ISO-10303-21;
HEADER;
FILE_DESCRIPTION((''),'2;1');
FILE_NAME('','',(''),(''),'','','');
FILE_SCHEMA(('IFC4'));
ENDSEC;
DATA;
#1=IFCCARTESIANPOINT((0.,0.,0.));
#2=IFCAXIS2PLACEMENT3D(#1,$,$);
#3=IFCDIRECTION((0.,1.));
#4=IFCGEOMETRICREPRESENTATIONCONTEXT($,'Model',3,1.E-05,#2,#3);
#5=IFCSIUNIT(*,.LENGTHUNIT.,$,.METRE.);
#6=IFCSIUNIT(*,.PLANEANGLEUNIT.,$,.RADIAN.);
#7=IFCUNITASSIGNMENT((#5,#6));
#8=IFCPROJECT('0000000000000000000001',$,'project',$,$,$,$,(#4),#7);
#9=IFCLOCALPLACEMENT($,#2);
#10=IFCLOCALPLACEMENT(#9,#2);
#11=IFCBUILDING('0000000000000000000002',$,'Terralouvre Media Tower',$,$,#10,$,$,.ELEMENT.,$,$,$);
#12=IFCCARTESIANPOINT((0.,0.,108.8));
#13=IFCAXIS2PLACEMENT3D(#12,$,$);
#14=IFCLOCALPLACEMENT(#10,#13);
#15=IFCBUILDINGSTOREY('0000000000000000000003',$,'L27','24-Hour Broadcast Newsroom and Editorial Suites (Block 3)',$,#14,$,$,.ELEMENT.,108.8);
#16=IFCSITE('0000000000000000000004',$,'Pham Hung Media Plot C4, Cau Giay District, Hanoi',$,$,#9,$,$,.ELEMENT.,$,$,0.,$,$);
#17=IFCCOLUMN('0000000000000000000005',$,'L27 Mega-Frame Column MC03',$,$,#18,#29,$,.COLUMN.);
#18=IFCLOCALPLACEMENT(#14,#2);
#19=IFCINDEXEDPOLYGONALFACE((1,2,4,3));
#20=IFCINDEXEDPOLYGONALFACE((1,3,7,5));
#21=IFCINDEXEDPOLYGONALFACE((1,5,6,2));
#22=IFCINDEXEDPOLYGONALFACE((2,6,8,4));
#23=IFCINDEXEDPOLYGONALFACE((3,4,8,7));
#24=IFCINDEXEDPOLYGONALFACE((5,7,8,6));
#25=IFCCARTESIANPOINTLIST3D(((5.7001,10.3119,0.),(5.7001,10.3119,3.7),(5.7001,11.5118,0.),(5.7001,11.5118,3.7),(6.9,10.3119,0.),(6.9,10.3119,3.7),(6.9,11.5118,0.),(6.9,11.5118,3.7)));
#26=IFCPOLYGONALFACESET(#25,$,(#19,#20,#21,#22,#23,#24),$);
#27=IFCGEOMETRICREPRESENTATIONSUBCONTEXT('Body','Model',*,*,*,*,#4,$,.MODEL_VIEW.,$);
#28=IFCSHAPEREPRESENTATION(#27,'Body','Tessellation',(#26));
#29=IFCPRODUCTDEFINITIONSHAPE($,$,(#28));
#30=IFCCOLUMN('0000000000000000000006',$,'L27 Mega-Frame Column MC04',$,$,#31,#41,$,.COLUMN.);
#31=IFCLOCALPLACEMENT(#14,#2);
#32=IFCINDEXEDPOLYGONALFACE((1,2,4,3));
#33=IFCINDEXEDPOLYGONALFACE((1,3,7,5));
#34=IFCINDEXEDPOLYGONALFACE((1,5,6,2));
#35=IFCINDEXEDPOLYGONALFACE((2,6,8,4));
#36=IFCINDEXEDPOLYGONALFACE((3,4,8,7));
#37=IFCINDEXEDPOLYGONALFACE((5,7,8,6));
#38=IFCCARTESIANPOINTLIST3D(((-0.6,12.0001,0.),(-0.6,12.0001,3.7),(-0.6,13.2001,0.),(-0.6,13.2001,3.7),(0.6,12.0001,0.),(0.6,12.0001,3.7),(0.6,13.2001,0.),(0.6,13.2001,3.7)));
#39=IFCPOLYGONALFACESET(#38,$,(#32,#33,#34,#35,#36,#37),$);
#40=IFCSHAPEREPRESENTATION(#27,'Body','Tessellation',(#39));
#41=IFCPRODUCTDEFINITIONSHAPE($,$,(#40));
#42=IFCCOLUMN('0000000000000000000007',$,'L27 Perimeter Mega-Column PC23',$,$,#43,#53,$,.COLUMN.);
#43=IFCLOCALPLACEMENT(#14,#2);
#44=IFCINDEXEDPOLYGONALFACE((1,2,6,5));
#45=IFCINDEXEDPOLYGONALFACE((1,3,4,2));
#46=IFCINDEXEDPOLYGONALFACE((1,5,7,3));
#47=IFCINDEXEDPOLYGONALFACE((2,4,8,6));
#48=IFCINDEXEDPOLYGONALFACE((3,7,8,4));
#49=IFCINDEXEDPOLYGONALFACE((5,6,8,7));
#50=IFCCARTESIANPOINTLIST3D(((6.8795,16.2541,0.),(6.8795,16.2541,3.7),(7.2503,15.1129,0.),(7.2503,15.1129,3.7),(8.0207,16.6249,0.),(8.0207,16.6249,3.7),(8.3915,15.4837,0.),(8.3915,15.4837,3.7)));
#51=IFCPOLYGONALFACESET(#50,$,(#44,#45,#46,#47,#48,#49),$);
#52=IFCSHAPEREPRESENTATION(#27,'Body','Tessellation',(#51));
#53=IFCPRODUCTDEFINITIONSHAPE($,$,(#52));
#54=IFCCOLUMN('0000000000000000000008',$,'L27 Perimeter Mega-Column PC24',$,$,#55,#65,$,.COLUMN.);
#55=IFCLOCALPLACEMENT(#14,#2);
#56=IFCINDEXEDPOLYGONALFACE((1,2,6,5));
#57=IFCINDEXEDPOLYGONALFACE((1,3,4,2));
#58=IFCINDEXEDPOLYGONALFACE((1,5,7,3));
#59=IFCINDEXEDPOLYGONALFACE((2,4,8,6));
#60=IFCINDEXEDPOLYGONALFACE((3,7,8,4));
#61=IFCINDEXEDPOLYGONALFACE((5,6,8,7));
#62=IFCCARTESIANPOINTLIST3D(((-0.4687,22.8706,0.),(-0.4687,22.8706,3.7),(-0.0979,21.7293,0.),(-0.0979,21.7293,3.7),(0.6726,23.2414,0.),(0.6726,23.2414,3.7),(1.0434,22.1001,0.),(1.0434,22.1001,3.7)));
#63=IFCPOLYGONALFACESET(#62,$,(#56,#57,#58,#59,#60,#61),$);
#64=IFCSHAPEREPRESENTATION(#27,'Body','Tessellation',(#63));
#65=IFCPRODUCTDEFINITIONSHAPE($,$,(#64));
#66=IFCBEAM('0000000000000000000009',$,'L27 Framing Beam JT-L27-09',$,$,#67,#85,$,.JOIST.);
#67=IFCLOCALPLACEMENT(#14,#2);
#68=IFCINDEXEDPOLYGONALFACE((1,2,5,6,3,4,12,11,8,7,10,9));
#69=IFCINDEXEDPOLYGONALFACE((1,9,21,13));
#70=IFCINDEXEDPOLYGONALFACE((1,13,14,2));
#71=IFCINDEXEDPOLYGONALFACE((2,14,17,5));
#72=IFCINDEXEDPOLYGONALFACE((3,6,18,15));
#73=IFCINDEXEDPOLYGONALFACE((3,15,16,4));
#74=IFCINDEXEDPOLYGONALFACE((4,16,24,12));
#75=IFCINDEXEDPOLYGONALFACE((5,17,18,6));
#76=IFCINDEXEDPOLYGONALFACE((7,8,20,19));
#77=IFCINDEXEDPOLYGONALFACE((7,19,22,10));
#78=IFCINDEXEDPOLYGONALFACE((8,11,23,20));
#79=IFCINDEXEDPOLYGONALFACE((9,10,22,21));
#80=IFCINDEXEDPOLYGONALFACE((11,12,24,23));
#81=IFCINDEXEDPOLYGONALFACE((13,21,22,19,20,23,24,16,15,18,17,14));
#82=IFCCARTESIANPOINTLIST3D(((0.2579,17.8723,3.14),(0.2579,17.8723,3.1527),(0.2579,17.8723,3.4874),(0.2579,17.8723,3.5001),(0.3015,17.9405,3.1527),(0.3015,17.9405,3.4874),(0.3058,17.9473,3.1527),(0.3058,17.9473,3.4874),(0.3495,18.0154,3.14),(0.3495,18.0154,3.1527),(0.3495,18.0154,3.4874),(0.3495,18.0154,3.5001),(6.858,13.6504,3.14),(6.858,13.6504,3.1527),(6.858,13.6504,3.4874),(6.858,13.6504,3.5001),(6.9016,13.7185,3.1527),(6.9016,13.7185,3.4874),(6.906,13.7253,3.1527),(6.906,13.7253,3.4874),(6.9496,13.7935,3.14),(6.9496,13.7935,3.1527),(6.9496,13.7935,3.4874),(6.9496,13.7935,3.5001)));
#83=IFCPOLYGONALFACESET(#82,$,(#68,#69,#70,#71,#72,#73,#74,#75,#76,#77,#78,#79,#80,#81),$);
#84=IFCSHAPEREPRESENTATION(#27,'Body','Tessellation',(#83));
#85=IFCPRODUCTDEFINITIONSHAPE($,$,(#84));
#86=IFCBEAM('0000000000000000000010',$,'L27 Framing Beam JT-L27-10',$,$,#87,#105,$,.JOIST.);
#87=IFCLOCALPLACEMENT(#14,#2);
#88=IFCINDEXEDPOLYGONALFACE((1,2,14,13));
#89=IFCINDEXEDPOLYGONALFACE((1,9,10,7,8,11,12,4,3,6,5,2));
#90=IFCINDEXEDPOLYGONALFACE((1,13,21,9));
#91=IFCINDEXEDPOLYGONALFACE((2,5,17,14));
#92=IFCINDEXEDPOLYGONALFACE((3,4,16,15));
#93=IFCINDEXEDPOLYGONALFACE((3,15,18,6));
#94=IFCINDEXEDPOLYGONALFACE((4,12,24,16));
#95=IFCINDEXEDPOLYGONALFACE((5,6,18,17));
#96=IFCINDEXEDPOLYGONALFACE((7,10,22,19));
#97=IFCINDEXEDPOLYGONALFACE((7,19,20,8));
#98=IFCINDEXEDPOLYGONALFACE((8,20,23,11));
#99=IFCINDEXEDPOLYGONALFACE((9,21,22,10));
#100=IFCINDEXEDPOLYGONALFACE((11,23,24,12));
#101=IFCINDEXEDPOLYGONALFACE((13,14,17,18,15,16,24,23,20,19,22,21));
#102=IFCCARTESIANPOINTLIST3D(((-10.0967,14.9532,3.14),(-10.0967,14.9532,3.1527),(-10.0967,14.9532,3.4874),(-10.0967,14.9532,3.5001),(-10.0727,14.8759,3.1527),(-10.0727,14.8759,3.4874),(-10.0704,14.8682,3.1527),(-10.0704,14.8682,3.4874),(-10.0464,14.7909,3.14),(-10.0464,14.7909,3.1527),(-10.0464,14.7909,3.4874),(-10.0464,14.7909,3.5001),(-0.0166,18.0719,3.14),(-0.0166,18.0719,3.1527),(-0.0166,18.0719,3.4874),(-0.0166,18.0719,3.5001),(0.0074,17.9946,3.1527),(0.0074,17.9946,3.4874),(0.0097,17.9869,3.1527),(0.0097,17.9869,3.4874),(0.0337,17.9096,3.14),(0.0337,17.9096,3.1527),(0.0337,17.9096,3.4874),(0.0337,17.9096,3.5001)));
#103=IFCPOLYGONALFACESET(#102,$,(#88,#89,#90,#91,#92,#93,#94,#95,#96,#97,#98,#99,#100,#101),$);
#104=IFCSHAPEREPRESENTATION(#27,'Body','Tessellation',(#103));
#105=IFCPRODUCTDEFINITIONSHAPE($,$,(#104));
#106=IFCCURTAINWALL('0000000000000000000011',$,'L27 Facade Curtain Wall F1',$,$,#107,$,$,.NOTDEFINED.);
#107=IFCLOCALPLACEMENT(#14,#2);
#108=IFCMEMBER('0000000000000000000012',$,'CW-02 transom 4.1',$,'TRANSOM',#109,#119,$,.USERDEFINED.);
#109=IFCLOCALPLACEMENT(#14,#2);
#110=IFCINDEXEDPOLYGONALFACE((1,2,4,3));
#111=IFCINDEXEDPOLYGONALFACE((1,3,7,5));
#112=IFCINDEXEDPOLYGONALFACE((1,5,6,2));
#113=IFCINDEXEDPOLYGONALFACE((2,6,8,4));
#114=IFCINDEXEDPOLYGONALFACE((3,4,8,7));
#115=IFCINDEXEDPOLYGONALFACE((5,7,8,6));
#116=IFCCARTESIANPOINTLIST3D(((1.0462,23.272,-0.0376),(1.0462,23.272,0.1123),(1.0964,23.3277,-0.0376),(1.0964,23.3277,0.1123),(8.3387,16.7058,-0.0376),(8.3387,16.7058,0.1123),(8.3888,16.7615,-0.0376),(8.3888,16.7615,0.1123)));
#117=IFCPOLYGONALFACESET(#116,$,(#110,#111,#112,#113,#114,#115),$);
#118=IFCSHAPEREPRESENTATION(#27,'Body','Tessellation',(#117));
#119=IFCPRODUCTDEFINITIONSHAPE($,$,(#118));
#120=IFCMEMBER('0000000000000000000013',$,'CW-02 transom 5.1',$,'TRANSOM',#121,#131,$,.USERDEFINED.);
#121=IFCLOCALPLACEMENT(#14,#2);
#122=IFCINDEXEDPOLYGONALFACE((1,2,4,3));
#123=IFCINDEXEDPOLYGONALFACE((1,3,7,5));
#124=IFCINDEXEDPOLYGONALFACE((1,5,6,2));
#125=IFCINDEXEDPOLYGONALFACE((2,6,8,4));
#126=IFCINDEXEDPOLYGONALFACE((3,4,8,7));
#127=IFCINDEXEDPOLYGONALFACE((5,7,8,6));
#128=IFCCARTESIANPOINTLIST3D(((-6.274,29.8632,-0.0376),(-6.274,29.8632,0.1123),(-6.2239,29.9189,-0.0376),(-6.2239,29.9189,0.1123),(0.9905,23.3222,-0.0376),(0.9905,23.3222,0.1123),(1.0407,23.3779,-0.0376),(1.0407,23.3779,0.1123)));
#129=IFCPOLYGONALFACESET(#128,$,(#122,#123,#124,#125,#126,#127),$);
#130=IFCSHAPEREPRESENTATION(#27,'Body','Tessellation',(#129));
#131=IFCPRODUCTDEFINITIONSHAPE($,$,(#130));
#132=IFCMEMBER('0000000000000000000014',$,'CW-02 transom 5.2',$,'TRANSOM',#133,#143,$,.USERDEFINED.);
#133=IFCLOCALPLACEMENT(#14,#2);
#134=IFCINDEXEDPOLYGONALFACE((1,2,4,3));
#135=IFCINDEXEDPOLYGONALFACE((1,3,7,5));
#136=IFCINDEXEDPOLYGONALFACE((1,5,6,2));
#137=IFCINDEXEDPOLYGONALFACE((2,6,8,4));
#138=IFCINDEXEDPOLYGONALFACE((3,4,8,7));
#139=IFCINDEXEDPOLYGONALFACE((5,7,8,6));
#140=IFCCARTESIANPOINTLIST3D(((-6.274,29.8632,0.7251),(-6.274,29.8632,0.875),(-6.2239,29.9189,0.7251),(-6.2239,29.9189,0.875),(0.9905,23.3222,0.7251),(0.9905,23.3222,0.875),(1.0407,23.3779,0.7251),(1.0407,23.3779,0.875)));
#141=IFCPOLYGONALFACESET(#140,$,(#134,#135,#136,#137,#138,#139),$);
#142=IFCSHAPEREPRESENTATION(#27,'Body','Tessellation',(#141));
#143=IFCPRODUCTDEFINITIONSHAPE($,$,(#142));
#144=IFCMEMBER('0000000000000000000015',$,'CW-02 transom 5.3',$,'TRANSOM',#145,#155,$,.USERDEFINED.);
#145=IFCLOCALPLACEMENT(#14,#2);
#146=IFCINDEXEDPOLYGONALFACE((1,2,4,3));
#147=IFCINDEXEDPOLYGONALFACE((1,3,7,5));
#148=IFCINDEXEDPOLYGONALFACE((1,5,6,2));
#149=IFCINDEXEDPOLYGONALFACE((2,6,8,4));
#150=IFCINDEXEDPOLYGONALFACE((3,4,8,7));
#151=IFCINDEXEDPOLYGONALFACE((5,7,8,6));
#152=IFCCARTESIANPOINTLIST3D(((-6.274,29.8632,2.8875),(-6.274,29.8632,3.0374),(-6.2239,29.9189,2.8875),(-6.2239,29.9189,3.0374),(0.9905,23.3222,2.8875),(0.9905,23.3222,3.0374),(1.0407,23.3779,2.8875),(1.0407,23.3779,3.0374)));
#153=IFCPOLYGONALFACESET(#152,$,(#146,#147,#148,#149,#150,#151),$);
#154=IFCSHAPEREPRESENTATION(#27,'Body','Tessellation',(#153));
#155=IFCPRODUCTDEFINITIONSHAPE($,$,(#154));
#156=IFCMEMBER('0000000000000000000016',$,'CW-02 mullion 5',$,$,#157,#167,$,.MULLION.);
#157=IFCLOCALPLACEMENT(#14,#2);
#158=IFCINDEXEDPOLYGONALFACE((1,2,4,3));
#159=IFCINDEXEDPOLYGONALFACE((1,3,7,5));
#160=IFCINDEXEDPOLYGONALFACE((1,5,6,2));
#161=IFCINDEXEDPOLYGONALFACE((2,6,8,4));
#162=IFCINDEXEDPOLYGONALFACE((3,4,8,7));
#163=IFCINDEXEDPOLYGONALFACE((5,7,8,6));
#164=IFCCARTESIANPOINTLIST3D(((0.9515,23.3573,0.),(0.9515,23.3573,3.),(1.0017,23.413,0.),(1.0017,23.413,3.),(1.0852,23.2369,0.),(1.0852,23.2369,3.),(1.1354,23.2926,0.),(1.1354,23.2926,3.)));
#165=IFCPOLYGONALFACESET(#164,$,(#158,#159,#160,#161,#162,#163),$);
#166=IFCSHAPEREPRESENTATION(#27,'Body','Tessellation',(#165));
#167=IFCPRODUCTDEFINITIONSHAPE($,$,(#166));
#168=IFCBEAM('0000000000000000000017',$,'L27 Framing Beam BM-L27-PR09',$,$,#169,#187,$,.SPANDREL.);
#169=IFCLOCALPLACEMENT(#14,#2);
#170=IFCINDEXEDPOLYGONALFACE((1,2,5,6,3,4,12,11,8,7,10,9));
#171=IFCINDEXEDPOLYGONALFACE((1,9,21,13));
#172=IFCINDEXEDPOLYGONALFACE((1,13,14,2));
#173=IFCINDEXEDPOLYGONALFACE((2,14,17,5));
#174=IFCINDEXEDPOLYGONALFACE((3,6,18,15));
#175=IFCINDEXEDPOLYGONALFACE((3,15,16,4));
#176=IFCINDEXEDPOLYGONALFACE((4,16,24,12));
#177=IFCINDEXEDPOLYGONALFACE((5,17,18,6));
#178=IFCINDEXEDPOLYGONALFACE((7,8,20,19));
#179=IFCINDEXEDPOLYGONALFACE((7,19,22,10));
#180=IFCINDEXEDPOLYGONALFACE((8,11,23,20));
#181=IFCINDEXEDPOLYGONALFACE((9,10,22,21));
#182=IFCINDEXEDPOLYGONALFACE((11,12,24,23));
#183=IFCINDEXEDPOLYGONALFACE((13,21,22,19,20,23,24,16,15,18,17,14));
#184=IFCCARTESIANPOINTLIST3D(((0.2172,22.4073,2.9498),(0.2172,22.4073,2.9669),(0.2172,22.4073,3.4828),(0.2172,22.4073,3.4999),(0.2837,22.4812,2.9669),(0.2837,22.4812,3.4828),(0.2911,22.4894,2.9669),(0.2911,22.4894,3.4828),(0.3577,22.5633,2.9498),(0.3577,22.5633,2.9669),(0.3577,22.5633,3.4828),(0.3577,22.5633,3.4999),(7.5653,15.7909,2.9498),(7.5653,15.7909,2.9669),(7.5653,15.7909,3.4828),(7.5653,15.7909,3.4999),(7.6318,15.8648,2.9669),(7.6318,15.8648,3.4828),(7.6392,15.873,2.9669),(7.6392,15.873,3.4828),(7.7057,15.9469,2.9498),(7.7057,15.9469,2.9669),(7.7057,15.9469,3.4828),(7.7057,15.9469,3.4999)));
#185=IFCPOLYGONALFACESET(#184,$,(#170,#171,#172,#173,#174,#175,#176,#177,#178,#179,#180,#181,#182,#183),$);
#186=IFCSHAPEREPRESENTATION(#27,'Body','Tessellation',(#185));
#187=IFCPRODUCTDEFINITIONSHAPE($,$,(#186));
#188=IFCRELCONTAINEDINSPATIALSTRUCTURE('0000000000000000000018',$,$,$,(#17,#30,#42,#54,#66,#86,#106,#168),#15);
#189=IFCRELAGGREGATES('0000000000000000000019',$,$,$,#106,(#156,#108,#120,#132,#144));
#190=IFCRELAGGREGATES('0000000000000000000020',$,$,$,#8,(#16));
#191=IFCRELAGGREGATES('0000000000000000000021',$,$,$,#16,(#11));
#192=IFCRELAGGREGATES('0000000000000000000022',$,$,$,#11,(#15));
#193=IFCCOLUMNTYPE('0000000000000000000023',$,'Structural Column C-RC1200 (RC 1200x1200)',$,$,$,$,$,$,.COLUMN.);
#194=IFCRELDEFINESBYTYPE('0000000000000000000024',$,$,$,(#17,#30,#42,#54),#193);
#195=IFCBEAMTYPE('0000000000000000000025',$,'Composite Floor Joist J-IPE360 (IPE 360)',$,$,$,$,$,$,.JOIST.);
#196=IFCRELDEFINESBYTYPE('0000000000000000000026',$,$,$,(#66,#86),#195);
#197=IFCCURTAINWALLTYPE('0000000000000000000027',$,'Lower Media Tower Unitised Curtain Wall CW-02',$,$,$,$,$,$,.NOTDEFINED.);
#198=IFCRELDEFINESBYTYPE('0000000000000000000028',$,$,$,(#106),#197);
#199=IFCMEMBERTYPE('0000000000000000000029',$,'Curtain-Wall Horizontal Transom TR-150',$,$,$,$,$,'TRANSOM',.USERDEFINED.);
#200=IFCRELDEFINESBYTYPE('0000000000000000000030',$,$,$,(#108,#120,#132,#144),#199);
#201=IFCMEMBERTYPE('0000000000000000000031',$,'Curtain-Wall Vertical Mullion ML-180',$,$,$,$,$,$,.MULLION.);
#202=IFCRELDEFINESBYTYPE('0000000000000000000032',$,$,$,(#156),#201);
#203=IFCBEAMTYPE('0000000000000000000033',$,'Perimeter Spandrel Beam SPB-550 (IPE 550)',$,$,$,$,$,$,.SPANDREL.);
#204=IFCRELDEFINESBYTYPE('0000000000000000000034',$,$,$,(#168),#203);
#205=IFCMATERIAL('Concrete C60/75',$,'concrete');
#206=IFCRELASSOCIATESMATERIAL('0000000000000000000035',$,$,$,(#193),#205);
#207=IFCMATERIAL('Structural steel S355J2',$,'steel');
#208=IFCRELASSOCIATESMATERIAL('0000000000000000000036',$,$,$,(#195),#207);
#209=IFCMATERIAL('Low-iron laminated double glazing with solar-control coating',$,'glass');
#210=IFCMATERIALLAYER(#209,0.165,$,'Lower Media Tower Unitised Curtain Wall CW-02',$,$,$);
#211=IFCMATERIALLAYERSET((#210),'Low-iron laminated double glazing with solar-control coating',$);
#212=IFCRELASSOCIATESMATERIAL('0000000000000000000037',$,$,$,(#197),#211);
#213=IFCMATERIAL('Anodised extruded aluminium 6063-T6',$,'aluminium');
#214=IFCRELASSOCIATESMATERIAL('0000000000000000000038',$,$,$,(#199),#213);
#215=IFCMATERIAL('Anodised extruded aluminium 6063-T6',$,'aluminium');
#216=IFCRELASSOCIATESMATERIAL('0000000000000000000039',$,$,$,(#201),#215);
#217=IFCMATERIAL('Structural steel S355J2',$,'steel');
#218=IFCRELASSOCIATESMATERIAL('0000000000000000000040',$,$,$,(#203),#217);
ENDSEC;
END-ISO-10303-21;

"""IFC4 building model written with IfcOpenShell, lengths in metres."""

from ifc_helpers import new_model, si_unit, direction, frame, origin, origin_2d, place, context, subcontext, project, spatial, rectangle, i_section, extrude, material, layer, layer_set, material_profile, profile_set, type_object, element, aggregate, save


model = new_model("IFC4")

# Units and contexts
model_context = context("Model", 3, precision=1e-05, world=origin(), true_north=direction((0.0, 1.0)))
body_context = subcontext(model_context, "Body", "Model", "MODEL_VIEW")
ifc_project = project(units=[si_unit("LENGTHUNIT", "METRE"), si_unit("PLANEANGLEUNIT", "RADIAN")], contexts=[model_context])

# Site, building, storey
site_placement = place(None, origin())
site = spatial("IfcSite", under=ifc_project, at=site_placement, Name="Pham Hung Media Plot C4, Cau Giay District, Hanoi", CompositionType="ELEMENT", RefElevation=0.0)
building_placement = place(site_placement, origin())
building = spatial("IfcBuilding", under=site, at=building_placement, Name="Terralouvre Media Tower", CompositionType="ELEMENT")
storey_placement = place(building_placement, frame((0.0, 0.0, 108.8)))
storey = spatial("IfcBuildingStorey", under=building, at=storey_placement, Name="L27", Description="24-Hour Broadcast Newsroom and Editorial Suites (Block 3)", CompositionType="ELEMENT", Elevation=108.8)

# Columns
ifc_material_1 = material(Name="Concrete C60/75", Category="concrete")
ifc_material_profile_1 = material_profile(ifc_material_1, rectangle(XDim=1.2, YDim=1.2, at=origin_2d()), Name="RC 1200x1200")
ifc_profile_set_1 = profile_set([ifc_material_profile_1], Name="Concrete C60/75")
column_type = type_object("IfcColumnType", Name="Structural Column C-RC1200 (RC 1200x1200)", PredefinedType="COLUMN", material=ifc_profile_set_1)
for number, where, z_axis, x_axis, name in (
    (1, (6.3, 10.9119, 0.0), (0.0, 0.0, 1.0), (1.0, 0.0, 0.0), "L27 Mega-Frame Column MC03"),
    (2, (0.0, 12.6001, 0.0), (0.0, 0.0, 1.0), (1.0, 0.0, 0.0), "L27 Mega-Frame Column MC04"),
    (3, (7.6355, 15.8689, 0.0), (0.0, 0.0, 1.0), (0.951057, 0.309017, 0.0), "L27 Perimeter Mega-Column PC23"),
    (4, (0.2874, 22.4854, 0.0), (0.0, 0.0, 1.0), (0.951057, 0.309017, 0.0), "L27 Perimeter Mega-Column PC24"),
):
    element("IfcColumn", number, at=place(storey_placement, frame(where, z_axis=z_axis, x_axis=x_axis)), inside=storey, type_object=column_type, Name=name, PredefinedType="COLUMN", context=body_context, shape_type="SweptSolid", body=[
        extrude(rectangle(XDim=1.2, YDim=1.2, at=origin_2d()), origin(), (0.0, 0.0, 1.0), 3.7),
    ])

# Beams
ifc_material_2 = material(Name="Structural steel S355J2", Category="steel")
ifc_material_profile_2 = material_profile(ifc_material_2, i_section(OverallWidth=0.1699, OverallDepth=0.3601, WebThickness=0.0081, FlangeThickness=0.0127, at=origin_2d()), Name="IPE 360")
ifc_profile_set_2 = profile_set([ifc_material_profile_2], Name="Structural steel S355J2")
beam_type_1 = type_object("IfcBeamType", Name="Composite Floor Joist J-IPE360 (IPE 360)", PredefinedType="JOIST", material=ifc_profile_set_2)
beam_1_placement = place(storey_placement, frame((6.9038, 13.7219, 3.3201), z_axis=(-0.842395, 0.53886, 0.0), x_axis=(-0.53886, -0.842395, 0.0)))
element("IfcBeam", 5, at=beam_1_placement, inside=storey, type_object=beam_type_1, Name="L27 Framing Beam JT-L27-09", PredefinedType="JOIST", context=body_context, shape_type="SweptSolid", body=[
    extrude(i_section(OverallWidth=0.1699, OverallDepth=0.3601, WebThickness=0.0081, FlangeThickness=0.0127, at=origin_2d()), origin(), (0.0, 0.0, 1.0), 7.835),
])
beam_2_placement = place(storey_placement, frame((0.0085, 17.9907, 3.3201), z_axis=(-0.955323, -0.295565, 0.0), x_axis=(0.295565, -0.955323, 0.0)))
element("IfcBeam", 6, at=beam_2_placement, inside=storey, type_object=beam_type_1, Name="L27 Framing Beam JT-L27-10", PredefinedType="JOIST", context=body_context, shape_type="SweptSolid", body=[
    extrude(i_section(OverallWidth=0.1699, OverallDepth=0.3601, WebThickness=0.0081, FlangeThickness=0.0127, at=origin_2d()), origin(), (0.0, 0.0, 1.0), 10.5515),
])

# Curtain wall, members
ifc_material_3 = material(Name="Low-iron laminated double glazing with solar-control coating", Category="glass")
ifc_layer_1 = layer(ifc_material_3, 0.165, Name="Lower Media Tower Unitised Curtain Wall CW-02")
ifc_layer_set_1 = layer_set([ifc_layer_1], Name="Low-iron laminated double glazing with solar-control coating")
curtain_wall_type = type_object("IfcCurtainWallType", Name="Lower Media Tower Unitised Curtain Wall CW-02", PredefinedType="NOTDEFINED", material=ifc_layer_set_1)
curtain_wall_placement = place(storey_placement, origin())
curtain_wall = element("IfcCurtainWall", 7, at=curtain_wall_placement, inside=storey, type_object=curtain_wall_type, Name="L27 Facade Curtain Wall F1", PredefinedType="NOTDEFINED")
ifc_material_4 = material(Name="Anodised extruded aluminium 6063-T6", Category="aluminium")
ifc_material_profile_3 = material_profile(ifc_material_4, rectangle(XDim=0.075, YDim=0.1499, at=origin_2d()), Name="ALU 75x150")
ifc_profile_set_3 = profile_set([ifc_material_profile_3], Name="Anodised extruded aluminium 6063-T6")
member_type_1 = type_object("IfcMemberType", Name="Curtain-Wall Horizontal Transom TR-150", ElementType="TRANSOM", PredefinedType="USERDEFINED", material=ifc_profile_set_3)
member_1_placement = place(storey_placement, frame((8.3638, 16.7336, 0.0374), z_axis=(-0.743146, 0.66913, 0.0), x_axis=(-0.66913, -0.743146, 0.0)))
member_1 = element("IfcMember", 8, at=member_1_placement, type_object=member_type_1, Name="CW-02 transom 4.1", ObjectType="TRANSOM", PredefinedType="USERDEFINED", context=body_context, shape_type="SweptSolid", body=[
    extrude(rectangle(XDim=0.075, YDim=0.1499, at=origin_2d()), origin(), (0.0, 0.0, 1.0), 9.813),
])
member_2_placement = place(storey_placement, frame((1.0156, 23.3501, 0.0374), z_axis=(-0.74315, 0.669125, 0.0), x_axis=(-0.669125, -0.74315, 0.0)))
member_2 = element("IfcMember", 9, at=member_2_placement, type_object=member_type_1, Name="CW-02 transom 5.1", ObjectType="TRANSOM", PredefinedType="USERDEFINED", context=body_context, shape_type="SweptSolid", body=[
    extrude(rectangle(XDim=0.075, YDim=0.1499, at=origin_2d()), origin(), (0.0, 0.0, 1.0), 9.7754),
])
member_3_placement = place(storey_placement, frame((1.0156, 23.3501, 0.8), z_axis=(-0.74315, 0.669125, 0.0), x_axis=(-0.669125, -0.74315, 0.0)))
member_3 = element("IfcMember", 10, at=member_3_placement, type_object=member_type_1, Name="CW-02 transom 5.2", ObjectType="TRANSOM", PredefinedType="USERDEFINED", context=body_context, shape_type="SweptSolid", body=[
    extrude(rectangle(XDim=0.075, YDim=0.1499, at=origin_2d()), origin(), (0.0, 0.0, 1.0), 9.7754),
])
member_4_placement = place(storey_placement, frame((1.0156, 23.3501, 2.9624), z_axis=(-0.74315, 0.669125, 0.0), x_axis=(-0.669125, -0.74315, 0.0)))
member_4 = element("IfcMember", 11, at=member_4_placement, type_object=member_type_1, Name="CW-02 transom 5.3", ObjectType="TRANSOM", PredefinedType="USERDEFINED", context=body_context, shape_type="SweptSolid", body=[
    extrude(rectangle(XDim=0.075, YDim=0.1499, at=origin_2d()), origin(), (0.0, 0.0, 1.0), 9.7754),
])
ifc_material_5 = material(Name="Anodised extruded aluminium 6063-T6", Category="aluminium")
ifc_material_profile_4 = material_profile(ifc_material_5, rectangle(XDim=0.075, YDim=0.1799, at=origin_2d()), Name="ALU 75x180")
ifc_profile_set_4 = profile_set([ifc_material_profile_4], Name="Anodised extruded aluminium 6063-T6")
member_type_2 = type_object("IfcMemberType", Name="Curtain-Wall Vertical Mullion ML-180", PredefinedType="MULLION", material=ifc_profile_set_4)
member_5_placement = place(storey_placement, frame((1.0435, 23.325, 0.0), z_axis=(0.0, 0.0, 1.0), x_axis=(-0.669131, -0.743145, 0.0)))
member_5 = element("IfcMember", 12, at=member_5_placement, type_object=member_type_2, Name="CW-02 mullion 5", PredefinedType="MULLION", context=body_context, shape_type="SweptSolid", body=[
    extrude(rectangle(XDim=0.075, YDim=0.1799, at=origin_2d()), origin(), (0.0, 0.0, 1.0), 3.0),
])

# Beam
ifc_material_6 = material(Name="Structural steel S355J2", Category="steel")
ifc_material_profile_5 = material_profile(ifc_material_6, i_section(OverallWidth=0.21, OverallDepth=0.55, WebThickness=0.011, FlangeThickness=0.0171, at=origin_2d()), Name="IPE 550")
ifc_profile_set_5 = profile_set([ifc_material_profile_5], Name="Structural steel S355J2")
beam_type_2 = type_object("IfcBeamType", Name="Perimeter Spandrel Beam SPB-550 (IPE 550)", PredefinedType="SPANDREL", material=ifc_profile_set_5)
beam_3_placement = place(storey_placement, frame((7.6355, 15.8689, 3.2249), z_axis=(-0.743137, 0.669139, 0.0), x_axis=(-0.669139, -0.743137, 0.0)))
element("IfcBeam", 13, at=beam_3_placement, inside=storey, type_object=beam_type_2, Name="L27 Framing Beam BM-L27-PR09", PredefinedType="SPANDREL", context=body_context, shape_type="SweptSolid", body=[
    extrude(i_section(OverallWidth=0.21, OverallDepth=0.55, WebThickness=0.011, FlangeThickness=0.0171, at=origin_2d()), origin(), (0.0, 0.0, 1.0), 9.8879),
])

aggregate(curtain_wall, [member_5, member_1, member_2, member_3, member_4])

save(model, "model.ifc")
